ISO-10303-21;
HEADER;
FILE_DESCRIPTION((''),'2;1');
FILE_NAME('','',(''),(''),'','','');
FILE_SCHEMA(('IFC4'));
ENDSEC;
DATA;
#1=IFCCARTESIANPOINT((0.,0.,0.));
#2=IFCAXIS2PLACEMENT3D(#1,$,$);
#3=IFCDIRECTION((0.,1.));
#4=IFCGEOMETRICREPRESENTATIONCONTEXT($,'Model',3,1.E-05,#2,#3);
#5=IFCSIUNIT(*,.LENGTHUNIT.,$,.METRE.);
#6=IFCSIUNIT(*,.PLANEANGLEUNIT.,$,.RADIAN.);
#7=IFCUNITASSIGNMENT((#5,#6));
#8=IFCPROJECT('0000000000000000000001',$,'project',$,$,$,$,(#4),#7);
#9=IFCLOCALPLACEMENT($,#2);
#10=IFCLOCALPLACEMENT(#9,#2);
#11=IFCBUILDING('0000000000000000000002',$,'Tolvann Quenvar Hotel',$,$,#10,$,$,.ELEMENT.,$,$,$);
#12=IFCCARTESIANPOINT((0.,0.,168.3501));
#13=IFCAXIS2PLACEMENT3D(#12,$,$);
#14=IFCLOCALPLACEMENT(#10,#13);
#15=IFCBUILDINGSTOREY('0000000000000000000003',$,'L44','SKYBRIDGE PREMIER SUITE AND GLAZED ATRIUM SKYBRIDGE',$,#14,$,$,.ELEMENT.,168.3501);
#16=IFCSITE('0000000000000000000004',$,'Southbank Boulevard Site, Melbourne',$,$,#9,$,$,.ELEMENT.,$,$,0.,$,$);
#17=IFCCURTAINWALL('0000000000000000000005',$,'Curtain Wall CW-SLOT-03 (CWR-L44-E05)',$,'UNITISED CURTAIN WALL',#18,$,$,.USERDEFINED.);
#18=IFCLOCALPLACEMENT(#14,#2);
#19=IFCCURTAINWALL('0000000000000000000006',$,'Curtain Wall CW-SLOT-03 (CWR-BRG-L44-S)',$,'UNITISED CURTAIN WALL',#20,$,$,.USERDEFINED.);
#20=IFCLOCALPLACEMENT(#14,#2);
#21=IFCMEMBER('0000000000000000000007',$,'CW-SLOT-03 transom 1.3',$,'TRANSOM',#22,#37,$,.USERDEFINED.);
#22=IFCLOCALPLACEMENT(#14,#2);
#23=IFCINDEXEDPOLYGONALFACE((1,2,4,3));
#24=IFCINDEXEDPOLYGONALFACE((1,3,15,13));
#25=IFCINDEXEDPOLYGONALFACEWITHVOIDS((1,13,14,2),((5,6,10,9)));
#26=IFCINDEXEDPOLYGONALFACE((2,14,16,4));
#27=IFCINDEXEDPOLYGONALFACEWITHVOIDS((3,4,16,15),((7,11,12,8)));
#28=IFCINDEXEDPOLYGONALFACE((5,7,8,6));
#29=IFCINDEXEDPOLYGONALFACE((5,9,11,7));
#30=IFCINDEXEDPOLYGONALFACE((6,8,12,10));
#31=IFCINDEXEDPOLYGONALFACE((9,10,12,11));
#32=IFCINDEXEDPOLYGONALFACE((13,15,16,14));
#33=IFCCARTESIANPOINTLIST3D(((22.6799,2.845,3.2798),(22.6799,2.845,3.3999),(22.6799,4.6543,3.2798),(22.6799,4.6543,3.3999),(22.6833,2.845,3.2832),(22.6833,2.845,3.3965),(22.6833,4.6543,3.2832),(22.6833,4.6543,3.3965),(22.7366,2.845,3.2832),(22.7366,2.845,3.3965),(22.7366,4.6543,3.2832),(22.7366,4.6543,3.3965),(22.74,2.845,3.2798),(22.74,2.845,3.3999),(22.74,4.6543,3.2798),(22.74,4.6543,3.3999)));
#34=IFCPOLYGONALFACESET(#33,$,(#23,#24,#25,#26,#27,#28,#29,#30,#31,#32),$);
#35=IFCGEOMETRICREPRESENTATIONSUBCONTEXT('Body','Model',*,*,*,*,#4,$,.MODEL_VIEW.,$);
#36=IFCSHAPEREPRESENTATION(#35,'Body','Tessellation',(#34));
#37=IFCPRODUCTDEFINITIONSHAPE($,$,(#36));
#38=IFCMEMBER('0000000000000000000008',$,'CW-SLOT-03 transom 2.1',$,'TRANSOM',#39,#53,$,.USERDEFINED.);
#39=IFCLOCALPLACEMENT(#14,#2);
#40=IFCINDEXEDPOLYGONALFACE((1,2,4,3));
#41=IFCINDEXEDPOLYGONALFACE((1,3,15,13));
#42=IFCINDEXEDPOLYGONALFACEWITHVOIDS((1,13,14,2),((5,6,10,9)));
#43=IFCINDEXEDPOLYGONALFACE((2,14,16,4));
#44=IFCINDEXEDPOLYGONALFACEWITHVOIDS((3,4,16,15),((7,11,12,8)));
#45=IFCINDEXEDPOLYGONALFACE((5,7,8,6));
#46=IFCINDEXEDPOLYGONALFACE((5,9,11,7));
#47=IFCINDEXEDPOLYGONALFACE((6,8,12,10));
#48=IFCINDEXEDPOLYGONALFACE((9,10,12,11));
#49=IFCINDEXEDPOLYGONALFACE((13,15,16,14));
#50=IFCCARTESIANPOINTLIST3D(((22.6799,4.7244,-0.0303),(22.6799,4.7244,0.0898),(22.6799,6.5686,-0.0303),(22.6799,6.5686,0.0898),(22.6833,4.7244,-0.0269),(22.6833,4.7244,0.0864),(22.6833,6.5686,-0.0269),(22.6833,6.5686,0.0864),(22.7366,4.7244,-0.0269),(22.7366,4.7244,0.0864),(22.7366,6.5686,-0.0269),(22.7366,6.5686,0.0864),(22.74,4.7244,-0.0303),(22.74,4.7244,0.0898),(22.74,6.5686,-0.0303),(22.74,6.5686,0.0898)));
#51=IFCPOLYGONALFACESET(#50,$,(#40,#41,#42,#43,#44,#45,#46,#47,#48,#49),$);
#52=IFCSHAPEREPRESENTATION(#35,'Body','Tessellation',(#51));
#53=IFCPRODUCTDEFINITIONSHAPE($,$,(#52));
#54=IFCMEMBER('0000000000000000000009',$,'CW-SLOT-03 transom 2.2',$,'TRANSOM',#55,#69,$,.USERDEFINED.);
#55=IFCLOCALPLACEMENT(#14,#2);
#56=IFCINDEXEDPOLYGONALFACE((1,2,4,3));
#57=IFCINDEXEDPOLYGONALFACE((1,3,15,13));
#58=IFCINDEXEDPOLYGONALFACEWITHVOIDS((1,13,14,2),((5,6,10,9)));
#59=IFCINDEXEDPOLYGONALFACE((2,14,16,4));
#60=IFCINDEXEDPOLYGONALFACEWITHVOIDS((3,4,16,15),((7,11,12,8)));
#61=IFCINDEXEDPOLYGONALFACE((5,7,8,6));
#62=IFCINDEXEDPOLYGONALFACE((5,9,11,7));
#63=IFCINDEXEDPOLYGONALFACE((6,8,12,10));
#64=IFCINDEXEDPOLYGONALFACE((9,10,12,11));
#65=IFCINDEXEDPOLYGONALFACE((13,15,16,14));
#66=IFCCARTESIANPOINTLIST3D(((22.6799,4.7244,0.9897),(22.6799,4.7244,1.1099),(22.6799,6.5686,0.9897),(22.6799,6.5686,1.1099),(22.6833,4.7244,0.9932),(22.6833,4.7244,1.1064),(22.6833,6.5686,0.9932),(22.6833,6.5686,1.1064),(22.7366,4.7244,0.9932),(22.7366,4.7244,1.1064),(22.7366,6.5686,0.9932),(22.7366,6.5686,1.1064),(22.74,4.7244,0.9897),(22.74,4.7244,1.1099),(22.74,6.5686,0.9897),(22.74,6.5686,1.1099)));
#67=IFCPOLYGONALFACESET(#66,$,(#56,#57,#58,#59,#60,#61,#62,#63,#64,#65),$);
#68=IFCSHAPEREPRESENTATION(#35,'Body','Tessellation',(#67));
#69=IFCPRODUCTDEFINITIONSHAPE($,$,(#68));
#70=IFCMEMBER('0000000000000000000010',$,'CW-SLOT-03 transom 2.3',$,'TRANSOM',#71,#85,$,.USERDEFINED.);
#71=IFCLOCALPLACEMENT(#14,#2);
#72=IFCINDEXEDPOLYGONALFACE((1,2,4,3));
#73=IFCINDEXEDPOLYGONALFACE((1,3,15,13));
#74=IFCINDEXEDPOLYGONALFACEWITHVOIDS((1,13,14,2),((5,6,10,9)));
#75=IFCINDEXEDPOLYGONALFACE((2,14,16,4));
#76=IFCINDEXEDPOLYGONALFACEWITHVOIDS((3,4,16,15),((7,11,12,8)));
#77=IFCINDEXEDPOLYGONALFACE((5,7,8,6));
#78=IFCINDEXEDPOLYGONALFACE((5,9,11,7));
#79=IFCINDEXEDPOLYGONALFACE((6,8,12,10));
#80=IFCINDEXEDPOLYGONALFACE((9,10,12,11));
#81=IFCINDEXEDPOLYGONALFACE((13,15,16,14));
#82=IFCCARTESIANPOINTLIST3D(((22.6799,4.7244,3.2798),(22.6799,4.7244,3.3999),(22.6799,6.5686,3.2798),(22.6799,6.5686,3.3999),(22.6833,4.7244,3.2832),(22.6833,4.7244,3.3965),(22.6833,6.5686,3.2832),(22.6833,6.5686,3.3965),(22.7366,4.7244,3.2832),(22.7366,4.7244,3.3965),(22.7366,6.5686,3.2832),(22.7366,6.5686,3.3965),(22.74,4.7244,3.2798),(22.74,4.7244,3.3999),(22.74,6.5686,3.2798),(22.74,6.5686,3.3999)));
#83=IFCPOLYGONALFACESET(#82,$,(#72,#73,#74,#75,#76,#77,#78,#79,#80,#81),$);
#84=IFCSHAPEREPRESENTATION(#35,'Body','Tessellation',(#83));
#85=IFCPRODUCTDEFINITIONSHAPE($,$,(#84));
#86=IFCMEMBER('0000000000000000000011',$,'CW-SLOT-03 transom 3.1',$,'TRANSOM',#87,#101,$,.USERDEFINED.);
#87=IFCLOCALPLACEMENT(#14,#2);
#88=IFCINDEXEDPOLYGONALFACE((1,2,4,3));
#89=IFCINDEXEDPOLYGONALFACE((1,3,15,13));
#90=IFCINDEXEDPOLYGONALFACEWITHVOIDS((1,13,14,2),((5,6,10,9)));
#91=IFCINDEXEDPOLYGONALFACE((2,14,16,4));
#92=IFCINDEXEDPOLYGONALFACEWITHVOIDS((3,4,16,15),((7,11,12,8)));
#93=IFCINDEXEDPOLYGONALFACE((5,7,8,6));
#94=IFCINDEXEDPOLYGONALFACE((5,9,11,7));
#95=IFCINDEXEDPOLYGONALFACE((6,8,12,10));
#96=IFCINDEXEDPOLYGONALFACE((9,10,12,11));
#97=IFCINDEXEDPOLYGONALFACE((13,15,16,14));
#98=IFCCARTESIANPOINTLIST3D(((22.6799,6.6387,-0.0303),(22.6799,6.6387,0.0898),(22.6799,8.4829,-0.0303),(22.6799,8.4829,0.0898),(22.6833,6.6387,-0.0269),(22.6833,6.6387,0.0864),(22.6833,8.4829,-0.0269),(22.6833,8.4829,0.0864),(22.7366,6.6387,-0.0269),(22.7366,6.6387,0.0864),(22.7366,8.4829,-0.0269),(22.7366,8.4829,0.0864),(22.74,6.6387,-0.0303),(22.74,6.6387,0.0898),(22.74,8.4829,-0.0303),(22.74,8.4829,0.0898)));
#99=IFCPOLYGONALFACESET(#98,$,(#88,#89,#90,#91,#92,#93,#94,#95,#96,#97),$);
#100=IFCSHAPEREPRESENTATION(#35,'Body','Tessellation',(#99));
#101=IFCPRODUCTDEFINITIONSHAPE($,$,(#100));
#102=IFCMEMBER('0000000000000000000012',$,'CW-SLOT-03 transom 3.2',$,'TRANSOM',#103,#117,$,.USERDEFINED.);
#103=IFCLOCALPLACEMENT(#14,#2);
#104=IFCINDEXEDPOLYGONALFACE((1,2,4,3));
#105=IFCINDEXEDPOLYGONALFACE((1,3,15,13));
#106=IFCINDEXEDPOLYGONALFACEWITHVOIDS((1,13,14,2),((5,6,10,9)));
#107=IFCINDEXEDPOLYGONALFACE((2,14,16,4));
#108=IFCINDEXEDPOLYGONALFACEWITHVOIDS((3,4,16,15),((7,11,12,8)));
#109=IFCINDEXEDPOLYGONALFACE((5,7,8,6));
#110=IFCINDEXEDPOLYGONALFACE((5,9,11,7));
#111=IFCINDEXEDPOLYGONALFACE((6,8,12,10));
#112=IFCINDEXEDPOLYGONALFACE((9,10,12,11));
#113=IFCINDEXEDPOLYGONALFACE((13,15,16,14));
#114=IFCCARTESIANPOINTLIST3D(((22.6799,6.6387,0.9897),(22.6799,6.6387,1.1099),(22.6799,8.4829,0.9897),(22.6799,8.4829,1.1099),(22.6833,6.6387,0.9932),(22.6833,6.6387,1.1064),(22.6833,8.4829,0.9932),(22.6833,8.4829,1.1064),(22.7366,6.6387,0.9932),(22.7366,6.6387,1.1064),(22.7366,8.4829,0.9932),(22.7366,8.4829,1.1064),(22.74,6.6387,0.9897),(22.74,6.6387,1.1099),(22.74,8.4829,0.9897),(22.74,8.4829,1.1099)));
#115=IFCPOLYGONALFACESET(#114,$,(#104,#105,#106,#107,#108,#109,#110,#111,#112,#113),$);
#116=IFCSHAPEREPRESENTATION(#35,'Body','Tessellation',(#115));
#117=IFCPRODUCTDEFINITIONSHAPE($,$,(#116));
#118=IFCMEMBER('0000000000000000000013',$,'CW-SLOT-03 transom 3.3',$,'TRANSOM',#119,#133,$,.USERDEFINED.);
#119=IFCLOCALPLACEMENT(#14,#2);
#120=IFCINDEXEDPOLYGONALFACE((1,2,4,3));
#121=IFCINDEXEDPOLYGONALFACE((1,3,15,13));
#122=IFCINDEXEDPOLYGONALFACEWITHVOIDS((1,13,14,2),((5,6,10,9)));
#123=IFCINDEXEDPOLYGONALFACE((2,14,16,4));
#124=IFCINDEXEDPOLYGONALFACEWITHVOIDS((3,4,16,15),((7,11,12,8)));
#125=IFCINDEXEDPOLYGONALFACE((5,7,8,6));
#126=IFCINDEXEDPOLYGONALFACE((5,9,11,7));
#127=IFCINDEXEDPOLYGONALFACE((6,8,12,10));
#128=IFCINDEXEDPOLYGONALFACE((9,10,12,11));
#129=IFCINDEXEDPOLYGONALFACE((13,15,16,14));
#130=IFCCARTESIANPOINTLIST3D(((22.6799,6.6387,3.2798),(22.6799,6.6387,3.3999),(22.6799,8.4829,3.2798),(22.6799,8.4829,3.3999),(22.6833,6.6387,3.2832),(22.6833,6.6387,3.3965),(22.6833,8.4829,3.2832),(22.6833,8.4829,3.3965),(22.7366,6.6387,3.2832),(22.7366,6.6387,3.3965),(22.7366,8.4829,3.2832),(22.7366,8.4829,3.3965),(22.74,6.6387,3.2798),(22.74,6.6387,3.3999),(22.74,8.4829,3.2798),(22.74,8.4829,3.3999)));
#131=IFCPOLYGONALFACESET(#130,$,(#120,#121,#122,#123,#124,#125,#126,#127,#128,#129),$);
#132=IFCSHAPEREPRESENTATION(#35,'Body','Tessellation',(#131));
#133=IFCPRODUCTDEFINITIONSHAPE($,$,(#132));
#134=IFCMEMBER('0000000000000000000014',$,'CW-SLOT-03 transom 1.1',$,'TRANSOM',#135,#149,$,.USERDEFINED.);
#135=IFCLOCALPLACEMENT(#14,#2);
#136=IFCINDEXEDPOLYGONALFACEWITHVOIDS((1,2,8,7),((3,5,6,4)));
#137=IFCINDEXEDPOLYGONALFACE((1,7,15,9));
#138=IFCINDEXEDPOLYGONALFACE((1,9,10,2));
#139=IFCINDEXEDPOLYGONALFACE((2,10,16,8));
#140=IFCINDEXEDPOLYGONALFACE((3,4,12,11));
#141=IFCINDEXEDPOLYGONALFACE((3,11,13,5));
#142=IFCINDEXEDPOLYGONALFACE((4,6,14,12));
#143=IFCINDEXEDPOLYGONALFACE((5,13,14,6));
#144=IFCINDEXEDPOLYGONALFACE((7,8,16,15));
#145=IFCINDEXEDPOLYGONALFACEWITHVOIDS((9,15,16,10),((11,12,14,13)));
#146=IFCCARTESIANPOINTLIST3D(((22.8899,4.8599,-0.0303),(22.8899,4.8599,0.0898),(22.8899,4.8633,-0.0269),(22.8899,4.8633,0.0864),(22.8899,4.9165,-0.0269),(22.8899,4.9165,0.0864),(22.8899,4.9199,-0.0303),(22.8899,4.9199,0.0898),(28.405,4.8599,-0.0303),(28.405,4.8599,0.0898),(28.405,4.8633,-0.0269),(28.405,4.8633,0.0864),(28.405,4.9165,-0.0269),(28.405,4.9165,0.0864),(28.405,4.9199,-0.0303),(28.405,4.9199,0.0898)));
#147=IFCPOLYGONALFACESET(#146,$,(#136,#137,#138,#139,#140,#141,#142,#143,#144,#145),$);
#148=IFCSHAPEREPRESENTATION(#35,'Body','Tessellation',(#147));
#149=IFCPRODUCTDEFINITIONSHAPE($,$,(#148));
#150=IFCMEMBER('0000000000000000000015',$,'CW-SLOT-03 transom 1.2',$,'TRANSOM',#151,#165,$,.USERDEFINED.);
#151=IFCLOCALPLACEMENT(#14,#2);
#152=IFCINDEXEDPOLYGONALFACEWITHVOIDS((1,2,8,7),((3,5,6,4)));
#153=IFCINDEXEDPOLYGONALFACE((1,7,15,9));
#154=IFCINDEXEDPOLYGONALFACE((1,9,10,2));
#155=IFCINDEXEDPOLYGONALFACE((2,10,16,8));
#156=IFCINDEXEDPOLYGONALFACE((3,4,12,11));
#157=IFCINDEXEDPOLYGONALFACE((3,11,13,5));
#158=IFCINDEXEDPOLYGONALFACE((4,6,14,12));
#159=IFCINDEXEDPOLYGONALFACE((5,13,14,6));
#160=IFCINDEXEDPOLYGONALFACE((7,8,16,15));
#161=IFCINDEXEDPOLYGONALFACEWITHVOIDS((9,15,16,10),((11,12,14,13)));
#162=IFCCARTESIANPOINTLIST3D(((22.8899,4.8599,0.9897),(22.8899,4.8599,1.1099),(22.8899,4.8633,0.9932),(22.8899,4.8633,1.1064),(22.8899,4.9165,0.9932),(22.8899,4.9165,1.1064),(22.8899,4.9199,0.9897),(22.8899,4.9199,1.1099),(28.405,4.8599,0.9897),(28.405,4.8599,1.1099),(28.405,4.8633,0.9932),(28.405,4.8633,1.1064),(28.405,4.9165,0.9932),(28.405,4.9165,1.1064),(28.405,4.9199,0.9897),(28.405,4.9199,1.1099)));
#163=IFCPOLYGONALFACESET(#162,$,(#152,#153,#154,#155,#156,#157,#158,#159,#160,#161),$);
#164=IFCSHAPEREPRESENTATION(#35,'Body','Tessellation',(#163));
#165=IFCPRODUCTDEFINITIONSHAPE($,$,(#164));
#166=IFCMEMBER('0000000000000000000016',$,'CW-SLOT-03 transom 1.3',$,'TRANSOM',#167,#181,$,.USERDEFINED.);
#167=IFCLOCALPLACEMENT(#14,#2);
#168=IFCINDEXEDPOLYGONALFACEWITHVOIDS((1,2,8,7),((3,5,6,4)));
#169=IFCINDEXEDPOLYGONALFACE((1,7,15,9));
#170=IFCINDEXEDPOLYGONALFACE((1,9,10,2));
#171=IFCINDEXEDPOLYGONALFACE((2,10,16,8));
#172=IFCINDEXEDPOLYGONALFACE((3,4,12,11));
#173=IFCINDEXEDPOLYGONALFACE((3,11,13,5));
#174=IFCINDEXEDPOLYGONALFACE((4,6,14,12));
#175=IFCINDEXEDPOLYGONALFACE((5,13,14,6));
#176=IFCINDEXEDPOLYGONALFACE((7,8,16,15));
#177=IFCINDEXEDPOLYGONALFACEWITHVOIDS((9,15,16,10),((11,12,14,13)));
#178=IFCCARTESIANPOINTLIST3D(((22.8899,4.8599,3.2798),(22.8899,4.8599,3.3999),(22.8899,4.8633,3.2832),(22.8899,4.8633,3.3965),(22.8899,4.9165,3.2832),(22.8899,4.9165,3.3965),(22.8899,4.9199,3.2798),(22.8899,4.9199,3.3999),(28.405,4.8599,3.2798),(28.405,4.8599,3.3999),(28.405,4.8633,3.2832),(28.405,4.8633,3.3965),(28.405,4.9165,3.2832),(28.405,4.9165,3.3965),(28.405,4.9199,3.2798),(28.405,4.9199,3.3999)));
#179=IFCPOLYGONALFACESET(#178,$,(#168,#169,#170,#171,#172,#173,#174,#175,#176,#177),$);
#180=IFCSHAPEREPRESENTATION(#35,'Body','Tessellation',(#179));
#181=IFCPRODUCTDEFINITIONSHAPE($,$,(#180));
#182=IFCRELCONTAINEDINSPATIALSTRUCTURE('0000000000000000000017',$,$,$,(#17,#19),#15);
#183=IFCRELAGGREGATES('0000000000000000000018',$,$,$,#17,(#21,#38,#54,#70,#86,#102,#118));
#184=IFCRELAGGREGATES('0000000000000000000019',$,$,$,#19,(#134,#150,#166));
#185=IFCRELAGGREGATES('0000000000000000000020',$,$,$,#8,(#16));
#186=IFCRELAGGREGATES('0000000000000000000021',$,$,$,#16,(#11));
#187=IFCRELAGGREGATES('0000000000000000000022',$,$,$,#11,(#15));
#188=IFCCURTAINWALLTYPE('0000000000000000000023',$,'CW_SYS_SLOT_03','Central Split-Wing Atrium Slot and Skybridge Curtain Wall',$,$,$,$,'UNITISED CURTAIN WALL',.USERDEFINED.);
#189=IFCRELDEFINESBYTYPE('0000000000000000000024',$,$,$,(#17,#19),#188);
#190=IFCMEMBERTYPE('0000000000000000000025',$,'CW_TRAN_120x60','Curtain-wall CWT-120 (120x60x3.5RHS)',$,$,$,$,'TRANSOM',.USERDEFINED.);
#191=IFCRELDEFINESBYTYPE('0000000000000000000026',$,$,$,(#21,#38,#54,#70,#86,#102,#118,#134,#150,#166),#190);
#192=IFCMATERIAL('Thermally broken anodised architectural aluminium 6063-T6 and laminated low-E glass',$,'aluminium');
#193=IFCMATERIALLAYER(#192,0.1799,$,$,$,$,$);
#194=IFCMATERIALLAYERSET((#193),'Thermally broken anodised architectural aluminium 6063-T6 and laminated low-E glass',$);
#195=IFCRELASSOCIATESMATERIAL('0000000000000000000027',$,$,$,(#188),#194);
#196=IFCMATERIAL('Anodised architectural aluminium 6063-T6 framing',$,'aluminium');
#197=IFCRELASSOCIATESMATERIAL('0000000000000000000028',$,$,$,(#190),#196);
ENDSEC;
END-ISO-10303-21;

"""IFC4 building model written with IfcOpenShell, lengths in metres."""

from ifc_helpers import new_model, si_unit, direction, frame, origin, origin_2d, place, context, subcontext, project, spatial, hollow_rectangle, extrude, source, transform, mapped, material, layer, layer_set, material_profile, profile_set, type_object, element, aggregate, save


model = new_model("IFC4")

# Units and contexts
model_context = context("Model", 3, precision=1e-05, world=origin(), true_north=direction((0.0, 1.0)))
body_context = subcontext(model_context, "Body", "Model", "MODEL_VIEW")
ifc_project = project(units=[si_unit("LENGTHUNIT", "METRE"), si_unit("PLANEANGLEUNIT", "RADIAN")], contexts=[model_context])

# Site, building, storey
site_placement = place(None, origin())
site = spatial("IfcSite", under=ifc_project, at=site_placement, Name="Southbank Boulevard Site, Melbourne", CompositionType="ELEMENT", RefElevation=0.0)
building_placement = place(site_placement, origin())
building = spatial("IfcBuilding", under=site, at=building_placement, Name="Tolvann Quenvar Hotel", CompositionType="ELEMENT")
storey_placement = place(building_placement, frame((0.0, 0.0, 168.3501)))
storey = spatial("IfcBuildingStorey", under=building, at=storey_placement, Name="L44", Description="SKYBRIDGE PREMIER SUITE AND GLAZED ATRIUM SKYBRIDGE", CompositionType="ELEMENT", Elevation=168.3501)

# Curtain walls
ifc_material_1 = material(Name="Thermally broken anodised architectural aluminium 6063-T6 and laminated low-E glass", Category="aluminium")
ifc_layer_1 = layer(ifc_material_1, 0.1799)
ifc_layer_set_1 = layer_set([ifc_layer_1], Name="Thermally broken anodised architectural aluminium 6063-T6 and laminated low-E glass")
curtain_wall_type = type_object("IfcCurtainWallType", Name="CW_SYS_SLOT_03", Description="Central Split-Wing Atrium Slot and Skybridge Curtain Wall", ElementType="UNITISED CURTAIN WALL", PredefinedType="USERDEFINED", material=ifc_layer_set_1)
curtain_wall_1_placement = place(storey_placement, origin())
curtain_wall_1 = element("IfcCurtainWall", 1, at=curtain_wall_1_placement, inside=storey, type_object=curtain_wall_type, Name="Curtain Wall CW-SLOT-03 (CWR-L44-E05)", ObjectType="UNITISED CURTAIN WALL", PredefinedType="USERDEFINED")
ifc_material_2 = material(Name="Anodised architectural aluminium 6063-T6 framing", Category="aluminium")
curtain_wall_2_placement = place(storey_placement, origin())
curtain_wall_2 = element("IfcCurtainWall", 2, at=curtain_wall_2_placement, inside=storey, type_object=curtain_wall_type, Name="Curtain Wall CW-SLOT-03 (CWR-BRG-L44-S)", ObjectType="UNITISED CURTAIN WALL", PredefinedType="USERDEFINED")

# Members
ifc_material_profile_1 = material_profile(ifc_material_2, hollow_rectangle(XDim=0.0601, YDim=0.1201, WallThickness=0.0034, at=origin_2d()), Name="120x60x3.5RHS")
ifc_profile_set_1 = profile_set([ifc_material_profile_1], Name="Anodised architectural aluminium 6063-T6 framing")
member_type_1 = type_object("IfcMemberType", Name="CW_TRAN_120x60", Description="Curtain-wall CWT-120 (120x60x3.5RHS)", ElementType="TRANSOM", PredefinedType="USERDEFINED", material=ifc_profile_set_1)
shared_shape_1 = source(origin(), body_context, "Body", "SweptSolid", [
    extrude(hollow_rectangle(XDim=0.0601, YDim=0.1201, WallThickness=0.0034, at=origin_2d()), origin(), (0.0, 0.0, 1.0), 1.8093),
])
member_1_placement = place(storey_placement, frame((22.71, 2.845, 3.3398), z_axis=(0.0, 1.0, 0.0), x_axis=(-1.0, 0.0, 0.0)))
member_1 = element("IfcMember", 3, at=member_1_placement, type_object=member_type_1, Name="CW-SLOT-03 transom 1.3", ObjectType="TRANSOM", PredefinedType="USERDEFINED", context=body_context, shape_type="MappedRepresentation", body=[
    mapped(shared_shape_1, transform((0.0, 0.0, 0.0), x_axis=(1.0, 0.0, 0.0), y_axis=(0.0, 1.0, 0.0), z_axis=(0.0, 0.0, 1.0), scale=1.0)),
])
shared_shape_2 = source(origin(), body_context, "Body", "SweptSolid", [
    extrude(hollow_rectangle(XDim=0.0601, YDim=0.1201, WallThickness=0.0034, at=origin_2d()), origin(), (0.0, 0.0, 1.0), 1.8442),
])
member_2_placement = place(storey_placement, frame((22.71, 4.7244, 0.0298), z_axis=(0.0, 1.0, 0.0), x_axis=(-1.0, 0.0, 0.0)))
member_2 = element("IfcMember", 4, at=member_2_placement, type_object=member_type_1, Name="CW-SLOT-03 transom 2.1", ObjectType="TRANSOM", PredefinedType="USERDEFINED", context=body_context, shape_type="MappedRepresentation", body=[
    mapped(shared_shape_2, transform((0.0, 0.0, 0.0), x_axis=(1.0, 0.0, 0.0), y_axis=(0.0, 1.0, 0.0), z_axis=(0.0, 0.0, 1.0), scale=1.0)),
])
member_3_placement = place(storey_placement, frame((22.71, 4.7244, 1.0498), z_axis=(0.0, 1.0, 0.0), x_axis=(-1.0, 0.0, 0.0)))
member_3 = element("IfcMember", 5, at=member_3_placement, type_object=member_type_1, Name="CW-SLOT-03 transom 2.2", ObjectType="TRANSOM", PredefinedType="USERDEFINED", context=body_context, shape_type="MappedRepresentation", body=[
    mapped(shared_shape_2, transform((0.0, 0.0, 0.0), x_axis=(1.0, 0.0, 0.0), y_axis=(0.0, 1.0, 0.0), z_axis=(0.0, 0.0, 1.0), scale=1.0)),
])
member_4_placement = place(storey_placement, frame((22.71, 4.7244, 3.3398), z_axis=(0.0, 1.0, 0.0), x_axis=(-1.0, 0.0, 0.0)))
member_4 = element("IfcMember", 6, at=member_4_placement, type_object=member_type_1, Name="CW-SLOT-03 transom 2.3", ObjectType="TRANSOM", PredefinedType="USERDEFINED", context=body_context, shape_type="MappedRepresentation", body=[
    mapped(shared_shape_2, transform((0.0, 0.0, 0.0), x_axis=(1.0, 0.0, 0.0), y_axis=(0.0, 1.0, 0.0), z_axis=(0.0, 0.0, 1.0), scale=1.0)),
])
member_5_placement = place(storey_placement, frame((22.71, 6.6387, 0.0298), z_axis=(0.0, 1.0, 0.0), x_axis=(-1.0, 0.0, 0.0)))
member_5 = element("IfcMember", 7, at=member_5_placement, type_object=member_type_1, Name="CW-SLOT-03 transom 3.1", ObjectType="TRANSOM", PredefinedType="USERDEFINED", context=body_context, shape_type="MappedRepresentation", body=[
    mapped(shared_shape_2, transform((0.0, 0.0, 0.0), x_axis=(1.0, 0.0, 0.0), y_axis=(0.0, 1.0, 0.0), z_axis=(0.0, 0.0, 1.0), scale=1.0)),
])
member_6_placement = place(storey_placement, frame((22.71, 6.6387, 1.0498), z_axis=(0.0, 1.0, 0.0), x_axis=(-1.0, 0.0, 0.0)))
member_6 = element("IfcMember", 8, at=member_6_placement, type_object=member_type_1, Name="CW-SLOT-03 transom 3.2", ObjectType="TRANSOM", PredefinedType="USERDEFINED", context=body_context, shape_type="MappedRepresentation", body=[
    mapped(shared_shape_2, transform((0.0, 0.0, 0.0), x_axis=(1.0, 0.0, 0.0), y_axis=(0.0, 1.0, 0.0), z_axis=(0.0, 0.0, 1.0), scale=1.0)),
])
member_7_placement = place(storey_placement, frame((22.71, 6.6387, 3.3398), z_axis=(0.0, 1.0, 0.0), x_axis=(-1.0, 0.0, 0.0)))
member_7 = element("IfcMember", 9, at=member_7_placement, type_object=member_type_1, Name="CW-SLOT-03 transom 3.3", ObjectType="TRANSOM", PredefinedType="USERDEFINED", context=body_context, shape_type="MappedRepresentation", body=[
    mapped(shared_shape_2, transform((0.0, 0.0, 0.0), x_axis=(1.0, 0.0, 0.0), y_axis=(0.0, 1.0, 0.0), z_axis=(0.0, 0.0, 1.0), scale=1.0)),
])
shared_shape_3 = source(origin(), body_context, "Body", "SweptSolid", [
    extrude(hollow_rectangle(XDim=0.0601, YDim=0.1201, WallThickness=0.0034, at=origin_2d()), origin(), (0.0, 0.0, 1.0), 5.5151),
])
member_8_placement = place(storey_placement, frame((22.8899, 4.8899, 0.0298), z_axis=(1.0, 0.0, 0.0), x_axis=(0.0, 1.0, 0.0)))
member_8 = element("IfcMember", 10, at=member_8_placement, type_object=member_type_1, Name="CW-SLOT-03 transom 1.1", ObjectType="TRANSOM", PredefinedType="USERDEFINED", context=body_context, shape_type="MappedRepresentation", body=[
    mapped(shared_shape_3, transform((0.0, 0.0, 0.0), x_axis=(1.0, 0.0, 0.0), y_axis=(0.0, 1.0, 0.0), z_axis=(0.0, 0.0, 1.0), scale=1.0)),
])
member_9_placement = place(storey_placement, frame((22.8899, 4.8899, 1.0498), z_axis=(1.0, 0.0, 0.0), x_axis=(0.0, 1.0, 0.0)))
member_9 = element("IfcMember", 11, at=member_9_placement, type_object=member_type_1, Name="CW-SLOT-03 transom 1.2", ObjectType="TRANSOM", PredefinedType="USERDEFINED", context=body_context, shape_type="MappedRepresentation", body=[
    mapped(shared_shape_3, transform((0.0, 0.0, 0.0), x_axis=(1.0, 0.0, 0.0), y_axis=(0.0, 1.0, 0.0), z_axis=(0.0, 0.0, 1.0), scale=1.0)),
])
member_10_placement = place(storey_placement, frame((22.8899, 4.8899, 3.3398), z_axis=(1.0, 0.0, 0.0), x_axis=(0.0, 1.0, 0.0)))
member_10 = element("IfcMember", 12, at=member_10_placement, type_object=member_type_1, Name="CW-SLOT-03 transom 1.3", ObjectType="TRANSOM", PredefinedType="USERDEFINED", context=body_context, shape_type="MappedRepresentation", body=[
    mapped(shared_shape_3, transform((0.0, 0.0, 0.0), x_axis=(1.0, 0.0, 0.0), y_axis=(0.0, 1.0, 0.0), z_axis=(0.0, 0.0, 1.0), scale=1.0)),
])

aggregate(curtain_wall_1, [member_1, member_2, member_3, member_4, member_5, member_6, member_7])
aggregate(curtain_wall_2, [member_8, member_9, member_10])

save(model, "model.ifc")
